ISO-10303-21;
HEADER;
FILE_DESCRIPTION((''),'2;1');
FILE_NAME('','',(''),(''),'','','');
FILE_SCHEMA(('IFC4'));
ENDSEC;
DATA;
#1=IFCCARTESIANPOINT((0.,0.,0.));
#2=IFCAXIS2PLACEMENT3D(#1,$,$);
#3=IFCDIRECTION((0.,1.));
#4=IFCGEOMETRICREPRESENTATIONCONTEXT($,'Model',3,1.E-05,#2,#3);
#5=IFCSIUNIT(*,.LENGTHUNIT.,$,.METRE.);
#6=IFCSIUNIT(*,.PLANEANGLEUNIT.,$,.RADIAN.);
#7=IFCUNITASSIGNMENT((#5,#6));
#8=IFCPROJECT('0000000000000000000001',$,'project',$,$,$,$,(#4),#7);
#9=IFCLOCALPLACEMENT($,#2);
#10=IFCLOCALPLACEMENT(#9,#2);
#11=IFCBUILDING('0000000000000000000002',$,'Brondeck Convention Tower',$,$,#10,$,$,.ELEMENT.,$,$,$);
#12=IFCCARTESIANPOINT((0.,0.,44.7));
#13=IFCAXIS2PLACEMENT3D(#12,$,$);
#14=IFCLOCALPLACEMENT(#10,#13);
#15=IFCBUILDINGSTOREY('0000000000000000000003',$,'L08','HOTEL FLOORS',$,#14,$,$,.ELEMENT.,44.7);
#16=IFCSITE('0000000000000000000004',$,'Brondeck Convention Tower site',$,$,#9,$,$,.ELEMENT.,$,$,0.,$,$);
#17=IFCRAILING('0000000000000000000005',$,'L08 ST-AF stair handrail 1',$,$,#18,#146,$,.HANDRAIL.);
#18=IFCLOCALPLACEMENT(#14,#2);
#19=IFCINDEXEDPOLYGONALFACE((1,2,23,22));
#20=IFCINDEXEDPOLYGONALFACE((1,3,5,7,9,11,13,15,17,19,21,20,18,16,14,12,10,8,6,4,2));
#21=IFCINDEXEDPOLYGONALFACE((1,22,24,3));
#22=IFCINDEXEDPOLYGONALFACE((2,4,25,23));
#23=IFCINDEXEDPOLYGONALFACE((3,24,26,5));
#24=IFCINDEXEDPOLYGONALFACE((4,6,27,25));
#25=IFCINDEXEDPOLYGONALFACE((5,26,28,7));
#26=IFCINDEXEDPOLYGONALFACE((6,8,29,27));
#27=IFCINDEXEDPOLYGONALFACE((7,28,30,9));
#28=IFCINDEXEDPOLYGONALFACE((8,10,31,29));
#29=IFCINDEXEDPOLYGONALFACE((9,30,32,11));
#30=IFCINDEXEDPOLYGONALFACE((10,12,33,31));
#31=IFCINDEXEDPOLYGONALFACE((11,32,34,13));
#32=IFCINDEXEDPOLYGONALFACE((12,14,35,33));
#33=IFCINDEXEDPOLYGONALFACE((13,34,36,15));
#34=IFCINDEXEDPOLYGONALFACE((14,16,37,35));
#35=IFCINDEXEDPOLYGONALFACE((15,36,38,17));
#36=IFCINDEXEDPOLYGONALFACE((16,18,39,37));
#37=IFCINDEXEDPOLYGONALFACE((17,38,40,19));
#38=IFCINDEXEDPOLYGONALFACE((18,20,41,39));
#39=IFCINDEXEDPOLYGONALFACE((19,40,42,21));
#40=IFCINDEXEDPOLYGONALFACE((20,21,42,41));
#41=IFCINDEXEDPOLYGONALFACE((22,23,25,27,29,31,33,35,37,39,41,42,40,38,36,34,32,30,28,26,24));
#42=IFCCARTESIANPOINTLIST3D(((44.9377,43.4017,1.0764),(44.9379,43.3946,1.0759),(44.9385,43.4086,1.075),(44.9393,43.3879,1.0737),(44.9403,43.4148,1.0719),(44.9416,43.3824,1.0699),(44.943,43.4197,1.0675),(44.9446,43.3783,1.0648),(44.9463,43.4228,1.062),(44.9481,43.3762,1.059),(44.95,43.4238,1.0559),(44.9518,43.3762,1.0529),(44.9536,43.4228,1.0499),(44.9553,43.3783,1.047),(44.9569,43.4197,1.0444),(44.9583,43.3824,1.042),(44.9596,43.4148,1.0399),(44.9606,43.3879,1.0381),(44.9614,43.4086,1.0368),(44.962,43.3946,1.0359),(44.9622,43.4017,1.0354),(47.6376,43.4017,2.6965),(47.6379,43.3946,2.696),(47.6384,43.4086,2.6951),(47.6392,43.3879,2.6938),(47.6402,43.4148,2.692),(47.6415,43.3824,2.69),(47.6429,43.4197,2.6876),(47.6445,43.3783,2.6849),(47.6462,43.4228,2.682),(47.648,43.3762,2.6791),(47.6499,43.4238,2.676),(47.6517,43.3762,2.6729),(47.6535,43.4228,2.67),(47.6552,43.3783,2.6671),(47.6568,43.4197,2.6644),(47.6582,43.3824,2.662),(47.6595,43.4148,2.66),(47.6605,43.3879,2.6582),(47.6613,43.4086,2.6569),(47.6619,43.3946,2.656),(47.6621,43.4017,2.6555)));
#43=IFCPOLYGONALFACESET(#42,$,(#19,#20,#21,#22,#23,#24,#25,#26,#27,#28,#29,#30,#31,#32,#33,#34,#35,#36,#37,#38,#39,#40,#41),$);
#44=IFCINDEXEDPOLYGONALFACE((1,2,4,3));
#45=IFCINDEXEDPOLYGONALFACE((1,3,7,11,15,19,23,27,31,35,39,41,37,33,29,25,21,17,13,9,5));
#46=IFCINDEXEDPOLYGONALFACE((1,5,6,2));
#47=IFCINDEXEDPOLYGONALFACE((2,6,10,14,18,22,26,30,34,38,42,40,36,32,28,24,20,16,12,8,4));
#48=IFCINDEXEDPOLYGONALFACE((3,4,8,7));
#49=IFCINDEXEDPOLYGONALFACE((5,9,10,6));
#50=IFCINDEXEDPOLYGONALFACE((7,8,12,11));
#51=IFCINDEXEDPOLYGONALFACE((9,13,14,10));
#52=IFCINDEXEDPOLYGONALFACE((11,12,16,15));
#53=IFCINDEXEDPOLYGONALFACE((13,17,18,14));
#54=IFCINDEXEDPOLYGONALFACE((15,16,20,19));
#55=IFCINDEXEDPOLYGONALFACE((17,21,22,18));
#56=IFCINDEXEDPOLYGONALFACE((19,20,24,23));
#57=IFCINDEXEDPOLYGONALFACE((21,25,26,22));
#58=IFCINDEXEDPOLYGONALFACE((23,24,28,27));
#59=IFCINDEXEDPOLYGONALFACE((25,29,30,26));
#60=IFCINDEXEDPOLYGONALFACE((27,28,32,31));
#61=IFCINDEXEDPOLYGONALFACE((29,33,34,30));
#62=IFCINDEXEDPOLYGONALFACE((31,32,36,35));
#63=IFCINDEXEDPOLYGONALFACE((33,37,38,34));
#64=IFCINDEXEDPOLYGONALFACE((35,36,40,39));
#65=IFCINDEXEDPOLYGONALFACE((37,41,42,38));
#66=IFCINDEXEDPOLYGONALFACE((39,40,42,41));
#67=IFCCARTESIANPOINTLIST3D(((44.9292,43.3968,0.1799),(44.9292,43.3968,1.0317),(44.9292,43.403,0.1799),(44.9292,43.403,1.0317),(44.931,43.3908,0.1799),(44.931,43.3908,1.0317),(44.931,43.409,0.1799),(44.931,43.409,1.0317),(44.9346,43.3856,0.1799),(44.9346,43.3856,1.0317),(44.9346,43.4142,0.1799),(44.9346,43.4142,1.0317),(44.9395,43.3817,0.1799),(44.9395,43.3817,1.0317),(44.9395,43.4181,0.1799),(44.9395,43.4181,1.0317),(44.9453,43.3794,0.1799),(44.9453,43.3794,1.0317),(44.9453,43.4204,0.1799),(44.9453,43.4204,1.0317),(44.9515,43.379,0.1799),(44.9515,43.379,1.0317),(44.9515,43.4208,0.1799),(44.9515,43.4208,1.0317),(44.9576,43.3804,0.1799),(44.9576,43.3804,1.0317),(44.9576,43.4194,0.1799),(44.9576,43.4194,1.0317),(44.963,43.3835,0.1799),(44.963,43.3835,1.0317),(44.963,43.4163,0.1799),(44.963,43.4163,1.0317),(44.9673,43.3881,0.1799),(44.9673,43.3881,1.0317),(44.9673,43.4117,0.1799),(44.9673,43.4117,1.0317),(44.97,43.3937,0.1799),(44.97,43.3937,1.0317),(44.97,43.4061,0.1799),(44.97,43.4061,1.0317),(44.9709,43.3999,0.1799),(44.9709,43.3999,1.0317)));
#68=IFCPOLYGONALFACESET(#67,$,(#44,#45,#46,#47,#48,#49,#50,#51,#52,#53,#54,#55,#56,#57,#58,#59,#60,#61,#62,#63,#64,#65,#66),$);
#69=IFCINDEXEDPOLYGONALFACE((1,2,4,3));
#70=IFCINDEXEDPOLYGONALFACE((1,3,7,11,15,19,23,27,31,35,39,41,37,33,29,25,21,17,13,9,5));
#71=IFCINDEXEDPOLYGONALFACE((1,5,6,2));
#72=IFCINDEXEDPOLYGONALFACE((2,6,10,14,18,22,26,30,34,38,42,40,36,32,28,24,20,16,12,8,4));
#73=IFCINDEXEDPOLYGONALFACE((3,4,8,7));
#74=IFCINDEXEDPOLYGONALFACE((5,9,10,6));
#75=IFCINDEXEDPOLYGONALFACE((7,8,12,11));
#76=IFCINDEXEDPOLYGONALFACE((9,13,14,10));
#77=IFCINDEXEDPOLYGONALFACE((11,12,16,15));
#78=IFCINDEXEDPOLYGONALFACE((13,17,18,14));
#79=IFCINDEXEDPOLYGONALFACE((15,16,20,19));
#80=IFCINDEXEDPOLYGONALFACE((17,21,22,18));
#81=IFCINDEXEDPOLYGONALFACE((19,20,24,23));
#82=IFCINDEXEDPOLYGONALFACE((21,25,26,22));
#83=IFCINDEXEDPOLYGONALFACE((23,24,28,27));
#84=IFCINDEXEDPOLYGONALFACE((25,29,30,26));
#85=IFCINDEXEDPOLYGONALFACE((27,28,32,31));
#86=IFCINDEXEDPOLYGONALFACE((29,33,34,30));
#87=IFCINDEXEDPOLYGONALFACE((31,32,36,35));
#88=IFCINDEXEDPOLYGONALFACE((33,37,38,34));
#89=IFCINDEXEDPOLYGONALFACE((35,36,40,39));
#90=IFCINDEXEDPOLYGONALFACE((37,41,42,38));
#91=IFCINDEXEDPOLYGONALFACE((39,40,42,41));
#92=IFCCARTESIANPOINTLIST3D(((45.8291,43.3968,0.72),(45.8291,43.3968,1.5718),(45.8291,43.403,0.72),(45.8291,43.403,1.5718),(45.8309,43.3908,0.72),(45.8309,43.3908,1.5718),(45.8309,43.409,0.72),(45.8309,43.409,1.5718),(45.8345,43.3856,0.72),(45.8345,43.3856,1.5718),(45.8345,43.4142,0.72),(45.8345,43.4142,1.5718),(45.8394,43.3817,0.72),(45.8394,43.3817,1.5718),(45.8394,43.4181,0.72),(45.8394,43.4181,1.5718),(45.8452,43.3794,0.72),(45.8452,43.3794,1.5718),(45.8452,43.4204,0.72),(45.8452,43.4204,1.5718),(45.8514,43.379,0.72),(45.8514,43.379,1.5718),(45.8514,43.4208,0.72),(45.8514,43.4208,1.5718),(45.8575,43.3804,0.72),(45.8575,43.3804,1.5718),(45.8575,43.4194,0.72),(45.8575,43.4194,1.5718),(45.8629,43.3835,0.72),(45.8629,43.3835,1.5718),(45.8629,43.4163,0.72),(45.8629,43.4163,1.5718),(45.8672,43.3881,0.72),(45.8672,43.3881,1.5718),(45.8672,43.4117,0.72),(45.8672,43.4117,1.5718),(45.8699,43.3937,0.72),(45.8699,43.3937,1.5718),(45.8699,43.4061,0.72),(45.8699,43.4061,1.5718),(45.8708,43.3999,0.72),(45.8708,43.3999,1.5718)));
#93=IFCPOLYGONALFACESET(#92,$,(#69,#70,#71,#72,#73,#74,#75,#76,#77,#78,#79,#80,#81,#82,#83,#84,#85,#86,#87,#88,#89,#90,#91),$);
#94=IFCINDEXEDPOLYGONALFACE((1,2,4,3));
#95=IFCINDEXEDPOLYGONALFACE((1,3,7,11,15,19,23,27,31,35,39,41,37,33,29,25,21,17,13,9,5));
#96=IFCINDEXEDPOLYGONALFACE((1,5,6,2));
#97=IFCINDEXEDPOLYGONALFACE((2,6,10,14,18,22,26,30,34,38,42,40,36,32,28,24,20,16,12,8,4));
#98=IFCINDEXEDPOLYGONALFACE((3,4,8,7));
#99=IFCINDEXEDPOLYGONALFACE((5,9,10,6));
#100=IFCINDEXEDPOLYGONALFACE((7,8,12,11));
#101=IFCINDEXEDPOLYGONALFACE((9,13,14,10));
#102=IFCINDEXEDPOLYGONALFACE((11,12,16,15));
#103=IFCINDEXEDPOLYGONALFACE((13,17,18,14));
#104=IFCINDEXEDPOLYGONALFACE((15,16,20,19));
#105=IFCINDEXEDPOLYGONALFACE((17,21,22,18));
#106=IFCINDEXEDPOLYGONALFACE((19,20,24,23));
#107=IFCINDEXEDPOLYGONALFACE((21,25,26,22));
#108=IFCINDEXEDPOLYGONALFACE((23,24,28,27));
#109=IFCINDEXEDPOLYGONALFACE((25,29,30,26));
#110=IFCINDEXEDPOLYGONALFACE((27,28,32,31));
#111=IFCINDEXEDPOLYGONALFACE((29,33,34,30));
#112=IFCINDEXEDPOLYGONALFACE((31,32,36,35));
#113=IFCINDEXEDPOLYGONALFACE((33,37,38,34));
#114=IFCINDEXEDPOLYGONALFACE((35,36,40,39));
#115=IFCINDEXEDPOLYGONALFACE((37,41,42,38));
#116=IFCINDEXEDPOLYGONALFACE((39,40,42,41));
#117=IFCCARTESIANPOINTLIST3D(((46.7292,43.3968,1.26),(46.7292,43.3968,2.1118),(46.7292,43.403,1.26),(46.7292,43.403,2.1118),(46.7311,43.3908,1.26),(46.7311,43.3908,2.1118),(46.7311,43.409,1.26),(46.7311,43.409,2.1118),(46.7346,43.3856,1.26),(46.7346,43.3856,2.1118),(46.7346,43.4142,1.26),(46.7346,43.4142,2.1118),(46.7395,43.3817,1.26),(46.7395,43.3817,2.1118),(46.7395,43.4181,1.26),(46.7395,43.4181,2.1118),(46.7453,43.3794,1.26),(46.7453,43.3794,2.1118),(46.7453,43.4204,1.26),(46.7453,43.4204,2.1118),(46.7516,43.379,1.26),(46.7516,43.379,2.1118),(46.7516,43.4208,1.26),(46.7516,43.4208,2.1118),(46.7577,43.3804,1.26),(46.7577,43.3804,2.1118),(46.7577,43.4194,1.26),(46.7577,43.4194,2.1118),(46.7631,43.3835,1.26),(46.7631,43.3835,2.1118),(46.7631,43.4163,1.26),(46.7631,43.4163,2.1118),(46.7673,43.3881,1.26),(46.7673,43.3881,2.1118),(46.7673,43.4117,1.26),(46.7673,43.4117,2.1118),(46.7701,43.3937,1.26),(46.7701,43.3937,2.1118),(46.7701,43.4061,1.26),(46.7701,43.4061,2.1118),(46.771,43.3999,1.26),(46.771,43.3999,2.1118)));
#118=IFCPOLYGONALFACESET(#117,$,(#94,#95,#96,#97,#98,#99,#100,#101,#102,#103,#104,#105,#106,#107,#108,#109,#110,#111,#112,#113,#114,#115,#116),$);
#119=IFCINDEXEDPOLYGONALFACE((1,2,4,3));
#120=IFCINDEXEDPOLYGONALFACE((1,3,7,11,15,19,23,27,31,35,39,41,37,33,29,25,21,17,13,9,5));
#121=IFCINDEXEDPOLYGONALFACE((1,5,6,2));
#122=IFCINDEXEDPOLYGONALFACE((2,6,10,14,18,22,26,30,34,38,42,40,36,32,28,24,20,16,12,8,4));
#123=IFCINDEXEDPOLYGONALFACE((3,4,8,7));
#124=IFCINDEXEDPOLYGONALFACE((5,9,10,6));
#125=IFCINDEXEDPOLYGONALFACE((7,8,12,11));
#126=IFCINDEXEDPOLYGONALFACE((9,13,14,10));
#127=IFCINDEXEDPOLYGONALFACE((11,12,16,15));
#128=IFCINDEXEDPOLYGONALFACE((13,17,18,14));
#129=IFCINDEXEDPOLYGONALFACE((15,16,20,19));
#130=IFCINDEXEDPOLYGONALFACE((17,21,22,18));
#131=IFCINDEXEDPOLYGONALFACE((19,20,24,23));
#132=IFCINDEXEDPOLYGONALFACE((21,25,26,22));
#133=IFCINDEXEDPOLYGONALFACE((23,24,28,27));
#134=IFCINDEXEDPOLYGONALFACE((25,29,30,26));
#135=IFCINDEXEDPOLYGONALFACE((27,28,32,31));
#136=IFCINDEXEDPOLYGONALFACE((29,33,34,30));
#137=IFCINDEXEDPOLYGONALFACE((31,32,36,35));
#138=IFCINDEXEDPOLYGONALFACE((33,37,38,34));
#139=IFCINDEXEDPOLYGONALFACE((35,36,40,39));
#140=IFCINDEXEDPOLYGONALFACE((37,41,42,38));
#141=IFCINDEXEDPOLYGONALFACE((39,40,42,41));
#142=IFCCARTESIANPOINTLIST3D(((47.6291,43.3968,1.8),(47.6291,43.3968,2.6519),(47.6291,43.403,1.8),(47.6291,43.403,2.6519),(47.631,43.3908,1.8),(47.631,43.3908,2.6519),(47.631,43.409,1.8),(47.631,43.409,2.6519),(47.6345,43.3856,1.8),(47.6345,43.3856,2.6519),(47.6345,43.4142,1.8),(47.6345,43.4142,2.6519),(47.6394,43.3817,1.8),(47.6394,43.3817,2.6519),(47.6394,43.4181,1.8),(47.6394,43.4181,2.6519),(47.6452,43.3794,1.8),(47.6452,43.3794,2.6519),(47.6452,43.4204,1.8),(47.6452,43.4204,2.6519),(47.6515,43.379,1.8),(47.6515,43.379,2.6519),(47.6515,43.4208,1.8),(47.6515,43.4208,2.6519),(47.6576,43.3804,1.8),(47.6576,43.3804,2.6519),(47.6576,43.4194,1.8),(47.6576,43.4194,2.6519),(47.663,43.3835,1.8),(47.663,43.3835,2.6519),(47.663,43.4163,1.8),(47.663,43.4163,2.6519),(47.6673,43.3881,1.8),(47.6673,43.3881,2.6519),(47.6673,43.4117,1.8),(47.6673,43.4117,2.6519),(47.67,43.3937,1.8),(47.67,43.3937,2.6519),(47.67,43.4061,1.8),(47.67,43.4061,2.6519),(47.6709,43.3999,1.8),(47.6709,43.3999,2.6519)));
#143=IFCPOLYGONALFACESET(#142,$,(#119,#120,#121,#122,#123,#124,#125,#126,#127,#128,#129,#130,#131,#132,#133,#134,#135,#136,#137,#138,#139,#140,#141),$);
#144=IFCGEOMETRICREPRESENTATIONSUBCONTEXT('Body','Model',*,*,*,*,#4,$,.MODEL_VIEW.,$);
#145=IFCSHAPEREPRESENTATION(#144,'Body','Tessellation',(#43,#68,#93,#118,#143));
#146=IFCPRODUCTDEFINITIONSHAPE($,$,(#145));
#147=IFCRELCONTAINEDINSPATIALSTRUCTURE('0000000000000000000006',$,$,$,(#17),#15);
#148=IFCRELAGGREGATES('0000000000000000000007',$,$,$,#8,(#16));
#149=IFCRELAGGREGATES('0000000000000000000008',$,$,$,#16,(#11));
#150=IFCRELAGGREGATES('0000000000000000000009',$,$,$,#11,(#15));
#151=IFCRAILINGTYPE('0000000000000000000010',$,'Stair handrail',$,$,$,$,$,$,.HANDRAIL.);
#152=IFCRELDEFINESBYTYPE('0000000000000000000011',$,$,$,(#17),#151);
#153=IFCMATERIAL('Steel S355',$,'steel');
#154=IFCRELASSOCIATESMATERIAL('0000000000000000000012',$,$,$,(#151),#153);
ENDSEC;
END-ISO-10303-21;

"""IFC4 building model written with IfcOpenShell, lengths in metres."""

from ifc_helpers import new_model, si_unit, direction, frame, origin, origin_2d, place, context, subcontext, project, spatial, circle, extrude, material, type_object, element, save


model = new_model("IFC4")

# Units and contexts
model_context = context("Model", 3, precision=1e-05, world=origin(), true_north=direction((0.0, 1.0)))
body_context = subcontext(model_context, "Body", "Model", "MODEL_VIEW")
ifc_project = project(units=[si_unit("LENGTHUNIT", "METRE"), si_unit("PLANEANGLEUNIT", "RADIAN")], contexts=[model_context])

# Site, building, storey
site_placement = place(None, origin())
site = spatial("IfcSite", under=ifc_project, at=site_placement, Name="Brondeck Convention Tower site", CompositionType="ELEMENT", RefElevation=0.0)
building_placement = place(site_placement, origin())
building = spatial("IfcBuilding", under=site, at=building_placement, Name="Brondeck Convention Tower", CompositionType="ELEMENT")
storey_placement = place(building_placement, frame((0.0, 0.0, 44.7)))
storey = spatial("IfcBuildingStorey", under=building, at=storey_placement, Name="L08", Description="HOTEL FLOORS", CompositionType="ELEMENT", Elevation=44.7)

# Shared definitions
ifc_material_1 = material(Name="Steel S355", Category="steel")

# Railing
railing_type_1 = type_object("IfcRailingType", Name="Stair handrail", PredefinedType="HANDRAIL", material=ifc_material_1)
railing_1_placement = place(storey_placement, frame((44.95, 43.3999, 0.1799)))
element("IfcRailing", 1, at=railing_1_placement, inside=storey, type_object=railing_type_1, Name="L08 ST-AF stair handrail 1", PredefinedType="HANDRAIL", context=body_context, shape_type="SweptSolid", body=[
    extrude(circle(Radius=0.0239, at=origin_2d()), frame((0.0, 0.0, 0.876), z_axis=(0.857472, 0.0, 0.51453), x_axis=(0.0, 1.0, 0.0)), (0.0, 0.0, 1.0), 3.1487),
    extrude(circle(Radius=0.021, at=origin_2d()), origin(), (0.0, 0.0, 1.0), 0.8518),
    extrude(circle(Radius=0.021, at=origin_2d()), frame((0.8999, 0.0, 0.54)), (0.0, 0.0, 1.0), 0.8518),
    extrude(circle(Radius=0.021, at=origin_2d()), frame((1.8, 0.0, 1.0801)), (0.0, 0.0, 1.0), 0.8518),
    extrude(circle(Radius=0.021, at=origin_2d()), frame((2.7, 0.0, 1.6201)), (0.0, 0.0, 1.0), 0.8518),
])

save(model, "model.ifc")
